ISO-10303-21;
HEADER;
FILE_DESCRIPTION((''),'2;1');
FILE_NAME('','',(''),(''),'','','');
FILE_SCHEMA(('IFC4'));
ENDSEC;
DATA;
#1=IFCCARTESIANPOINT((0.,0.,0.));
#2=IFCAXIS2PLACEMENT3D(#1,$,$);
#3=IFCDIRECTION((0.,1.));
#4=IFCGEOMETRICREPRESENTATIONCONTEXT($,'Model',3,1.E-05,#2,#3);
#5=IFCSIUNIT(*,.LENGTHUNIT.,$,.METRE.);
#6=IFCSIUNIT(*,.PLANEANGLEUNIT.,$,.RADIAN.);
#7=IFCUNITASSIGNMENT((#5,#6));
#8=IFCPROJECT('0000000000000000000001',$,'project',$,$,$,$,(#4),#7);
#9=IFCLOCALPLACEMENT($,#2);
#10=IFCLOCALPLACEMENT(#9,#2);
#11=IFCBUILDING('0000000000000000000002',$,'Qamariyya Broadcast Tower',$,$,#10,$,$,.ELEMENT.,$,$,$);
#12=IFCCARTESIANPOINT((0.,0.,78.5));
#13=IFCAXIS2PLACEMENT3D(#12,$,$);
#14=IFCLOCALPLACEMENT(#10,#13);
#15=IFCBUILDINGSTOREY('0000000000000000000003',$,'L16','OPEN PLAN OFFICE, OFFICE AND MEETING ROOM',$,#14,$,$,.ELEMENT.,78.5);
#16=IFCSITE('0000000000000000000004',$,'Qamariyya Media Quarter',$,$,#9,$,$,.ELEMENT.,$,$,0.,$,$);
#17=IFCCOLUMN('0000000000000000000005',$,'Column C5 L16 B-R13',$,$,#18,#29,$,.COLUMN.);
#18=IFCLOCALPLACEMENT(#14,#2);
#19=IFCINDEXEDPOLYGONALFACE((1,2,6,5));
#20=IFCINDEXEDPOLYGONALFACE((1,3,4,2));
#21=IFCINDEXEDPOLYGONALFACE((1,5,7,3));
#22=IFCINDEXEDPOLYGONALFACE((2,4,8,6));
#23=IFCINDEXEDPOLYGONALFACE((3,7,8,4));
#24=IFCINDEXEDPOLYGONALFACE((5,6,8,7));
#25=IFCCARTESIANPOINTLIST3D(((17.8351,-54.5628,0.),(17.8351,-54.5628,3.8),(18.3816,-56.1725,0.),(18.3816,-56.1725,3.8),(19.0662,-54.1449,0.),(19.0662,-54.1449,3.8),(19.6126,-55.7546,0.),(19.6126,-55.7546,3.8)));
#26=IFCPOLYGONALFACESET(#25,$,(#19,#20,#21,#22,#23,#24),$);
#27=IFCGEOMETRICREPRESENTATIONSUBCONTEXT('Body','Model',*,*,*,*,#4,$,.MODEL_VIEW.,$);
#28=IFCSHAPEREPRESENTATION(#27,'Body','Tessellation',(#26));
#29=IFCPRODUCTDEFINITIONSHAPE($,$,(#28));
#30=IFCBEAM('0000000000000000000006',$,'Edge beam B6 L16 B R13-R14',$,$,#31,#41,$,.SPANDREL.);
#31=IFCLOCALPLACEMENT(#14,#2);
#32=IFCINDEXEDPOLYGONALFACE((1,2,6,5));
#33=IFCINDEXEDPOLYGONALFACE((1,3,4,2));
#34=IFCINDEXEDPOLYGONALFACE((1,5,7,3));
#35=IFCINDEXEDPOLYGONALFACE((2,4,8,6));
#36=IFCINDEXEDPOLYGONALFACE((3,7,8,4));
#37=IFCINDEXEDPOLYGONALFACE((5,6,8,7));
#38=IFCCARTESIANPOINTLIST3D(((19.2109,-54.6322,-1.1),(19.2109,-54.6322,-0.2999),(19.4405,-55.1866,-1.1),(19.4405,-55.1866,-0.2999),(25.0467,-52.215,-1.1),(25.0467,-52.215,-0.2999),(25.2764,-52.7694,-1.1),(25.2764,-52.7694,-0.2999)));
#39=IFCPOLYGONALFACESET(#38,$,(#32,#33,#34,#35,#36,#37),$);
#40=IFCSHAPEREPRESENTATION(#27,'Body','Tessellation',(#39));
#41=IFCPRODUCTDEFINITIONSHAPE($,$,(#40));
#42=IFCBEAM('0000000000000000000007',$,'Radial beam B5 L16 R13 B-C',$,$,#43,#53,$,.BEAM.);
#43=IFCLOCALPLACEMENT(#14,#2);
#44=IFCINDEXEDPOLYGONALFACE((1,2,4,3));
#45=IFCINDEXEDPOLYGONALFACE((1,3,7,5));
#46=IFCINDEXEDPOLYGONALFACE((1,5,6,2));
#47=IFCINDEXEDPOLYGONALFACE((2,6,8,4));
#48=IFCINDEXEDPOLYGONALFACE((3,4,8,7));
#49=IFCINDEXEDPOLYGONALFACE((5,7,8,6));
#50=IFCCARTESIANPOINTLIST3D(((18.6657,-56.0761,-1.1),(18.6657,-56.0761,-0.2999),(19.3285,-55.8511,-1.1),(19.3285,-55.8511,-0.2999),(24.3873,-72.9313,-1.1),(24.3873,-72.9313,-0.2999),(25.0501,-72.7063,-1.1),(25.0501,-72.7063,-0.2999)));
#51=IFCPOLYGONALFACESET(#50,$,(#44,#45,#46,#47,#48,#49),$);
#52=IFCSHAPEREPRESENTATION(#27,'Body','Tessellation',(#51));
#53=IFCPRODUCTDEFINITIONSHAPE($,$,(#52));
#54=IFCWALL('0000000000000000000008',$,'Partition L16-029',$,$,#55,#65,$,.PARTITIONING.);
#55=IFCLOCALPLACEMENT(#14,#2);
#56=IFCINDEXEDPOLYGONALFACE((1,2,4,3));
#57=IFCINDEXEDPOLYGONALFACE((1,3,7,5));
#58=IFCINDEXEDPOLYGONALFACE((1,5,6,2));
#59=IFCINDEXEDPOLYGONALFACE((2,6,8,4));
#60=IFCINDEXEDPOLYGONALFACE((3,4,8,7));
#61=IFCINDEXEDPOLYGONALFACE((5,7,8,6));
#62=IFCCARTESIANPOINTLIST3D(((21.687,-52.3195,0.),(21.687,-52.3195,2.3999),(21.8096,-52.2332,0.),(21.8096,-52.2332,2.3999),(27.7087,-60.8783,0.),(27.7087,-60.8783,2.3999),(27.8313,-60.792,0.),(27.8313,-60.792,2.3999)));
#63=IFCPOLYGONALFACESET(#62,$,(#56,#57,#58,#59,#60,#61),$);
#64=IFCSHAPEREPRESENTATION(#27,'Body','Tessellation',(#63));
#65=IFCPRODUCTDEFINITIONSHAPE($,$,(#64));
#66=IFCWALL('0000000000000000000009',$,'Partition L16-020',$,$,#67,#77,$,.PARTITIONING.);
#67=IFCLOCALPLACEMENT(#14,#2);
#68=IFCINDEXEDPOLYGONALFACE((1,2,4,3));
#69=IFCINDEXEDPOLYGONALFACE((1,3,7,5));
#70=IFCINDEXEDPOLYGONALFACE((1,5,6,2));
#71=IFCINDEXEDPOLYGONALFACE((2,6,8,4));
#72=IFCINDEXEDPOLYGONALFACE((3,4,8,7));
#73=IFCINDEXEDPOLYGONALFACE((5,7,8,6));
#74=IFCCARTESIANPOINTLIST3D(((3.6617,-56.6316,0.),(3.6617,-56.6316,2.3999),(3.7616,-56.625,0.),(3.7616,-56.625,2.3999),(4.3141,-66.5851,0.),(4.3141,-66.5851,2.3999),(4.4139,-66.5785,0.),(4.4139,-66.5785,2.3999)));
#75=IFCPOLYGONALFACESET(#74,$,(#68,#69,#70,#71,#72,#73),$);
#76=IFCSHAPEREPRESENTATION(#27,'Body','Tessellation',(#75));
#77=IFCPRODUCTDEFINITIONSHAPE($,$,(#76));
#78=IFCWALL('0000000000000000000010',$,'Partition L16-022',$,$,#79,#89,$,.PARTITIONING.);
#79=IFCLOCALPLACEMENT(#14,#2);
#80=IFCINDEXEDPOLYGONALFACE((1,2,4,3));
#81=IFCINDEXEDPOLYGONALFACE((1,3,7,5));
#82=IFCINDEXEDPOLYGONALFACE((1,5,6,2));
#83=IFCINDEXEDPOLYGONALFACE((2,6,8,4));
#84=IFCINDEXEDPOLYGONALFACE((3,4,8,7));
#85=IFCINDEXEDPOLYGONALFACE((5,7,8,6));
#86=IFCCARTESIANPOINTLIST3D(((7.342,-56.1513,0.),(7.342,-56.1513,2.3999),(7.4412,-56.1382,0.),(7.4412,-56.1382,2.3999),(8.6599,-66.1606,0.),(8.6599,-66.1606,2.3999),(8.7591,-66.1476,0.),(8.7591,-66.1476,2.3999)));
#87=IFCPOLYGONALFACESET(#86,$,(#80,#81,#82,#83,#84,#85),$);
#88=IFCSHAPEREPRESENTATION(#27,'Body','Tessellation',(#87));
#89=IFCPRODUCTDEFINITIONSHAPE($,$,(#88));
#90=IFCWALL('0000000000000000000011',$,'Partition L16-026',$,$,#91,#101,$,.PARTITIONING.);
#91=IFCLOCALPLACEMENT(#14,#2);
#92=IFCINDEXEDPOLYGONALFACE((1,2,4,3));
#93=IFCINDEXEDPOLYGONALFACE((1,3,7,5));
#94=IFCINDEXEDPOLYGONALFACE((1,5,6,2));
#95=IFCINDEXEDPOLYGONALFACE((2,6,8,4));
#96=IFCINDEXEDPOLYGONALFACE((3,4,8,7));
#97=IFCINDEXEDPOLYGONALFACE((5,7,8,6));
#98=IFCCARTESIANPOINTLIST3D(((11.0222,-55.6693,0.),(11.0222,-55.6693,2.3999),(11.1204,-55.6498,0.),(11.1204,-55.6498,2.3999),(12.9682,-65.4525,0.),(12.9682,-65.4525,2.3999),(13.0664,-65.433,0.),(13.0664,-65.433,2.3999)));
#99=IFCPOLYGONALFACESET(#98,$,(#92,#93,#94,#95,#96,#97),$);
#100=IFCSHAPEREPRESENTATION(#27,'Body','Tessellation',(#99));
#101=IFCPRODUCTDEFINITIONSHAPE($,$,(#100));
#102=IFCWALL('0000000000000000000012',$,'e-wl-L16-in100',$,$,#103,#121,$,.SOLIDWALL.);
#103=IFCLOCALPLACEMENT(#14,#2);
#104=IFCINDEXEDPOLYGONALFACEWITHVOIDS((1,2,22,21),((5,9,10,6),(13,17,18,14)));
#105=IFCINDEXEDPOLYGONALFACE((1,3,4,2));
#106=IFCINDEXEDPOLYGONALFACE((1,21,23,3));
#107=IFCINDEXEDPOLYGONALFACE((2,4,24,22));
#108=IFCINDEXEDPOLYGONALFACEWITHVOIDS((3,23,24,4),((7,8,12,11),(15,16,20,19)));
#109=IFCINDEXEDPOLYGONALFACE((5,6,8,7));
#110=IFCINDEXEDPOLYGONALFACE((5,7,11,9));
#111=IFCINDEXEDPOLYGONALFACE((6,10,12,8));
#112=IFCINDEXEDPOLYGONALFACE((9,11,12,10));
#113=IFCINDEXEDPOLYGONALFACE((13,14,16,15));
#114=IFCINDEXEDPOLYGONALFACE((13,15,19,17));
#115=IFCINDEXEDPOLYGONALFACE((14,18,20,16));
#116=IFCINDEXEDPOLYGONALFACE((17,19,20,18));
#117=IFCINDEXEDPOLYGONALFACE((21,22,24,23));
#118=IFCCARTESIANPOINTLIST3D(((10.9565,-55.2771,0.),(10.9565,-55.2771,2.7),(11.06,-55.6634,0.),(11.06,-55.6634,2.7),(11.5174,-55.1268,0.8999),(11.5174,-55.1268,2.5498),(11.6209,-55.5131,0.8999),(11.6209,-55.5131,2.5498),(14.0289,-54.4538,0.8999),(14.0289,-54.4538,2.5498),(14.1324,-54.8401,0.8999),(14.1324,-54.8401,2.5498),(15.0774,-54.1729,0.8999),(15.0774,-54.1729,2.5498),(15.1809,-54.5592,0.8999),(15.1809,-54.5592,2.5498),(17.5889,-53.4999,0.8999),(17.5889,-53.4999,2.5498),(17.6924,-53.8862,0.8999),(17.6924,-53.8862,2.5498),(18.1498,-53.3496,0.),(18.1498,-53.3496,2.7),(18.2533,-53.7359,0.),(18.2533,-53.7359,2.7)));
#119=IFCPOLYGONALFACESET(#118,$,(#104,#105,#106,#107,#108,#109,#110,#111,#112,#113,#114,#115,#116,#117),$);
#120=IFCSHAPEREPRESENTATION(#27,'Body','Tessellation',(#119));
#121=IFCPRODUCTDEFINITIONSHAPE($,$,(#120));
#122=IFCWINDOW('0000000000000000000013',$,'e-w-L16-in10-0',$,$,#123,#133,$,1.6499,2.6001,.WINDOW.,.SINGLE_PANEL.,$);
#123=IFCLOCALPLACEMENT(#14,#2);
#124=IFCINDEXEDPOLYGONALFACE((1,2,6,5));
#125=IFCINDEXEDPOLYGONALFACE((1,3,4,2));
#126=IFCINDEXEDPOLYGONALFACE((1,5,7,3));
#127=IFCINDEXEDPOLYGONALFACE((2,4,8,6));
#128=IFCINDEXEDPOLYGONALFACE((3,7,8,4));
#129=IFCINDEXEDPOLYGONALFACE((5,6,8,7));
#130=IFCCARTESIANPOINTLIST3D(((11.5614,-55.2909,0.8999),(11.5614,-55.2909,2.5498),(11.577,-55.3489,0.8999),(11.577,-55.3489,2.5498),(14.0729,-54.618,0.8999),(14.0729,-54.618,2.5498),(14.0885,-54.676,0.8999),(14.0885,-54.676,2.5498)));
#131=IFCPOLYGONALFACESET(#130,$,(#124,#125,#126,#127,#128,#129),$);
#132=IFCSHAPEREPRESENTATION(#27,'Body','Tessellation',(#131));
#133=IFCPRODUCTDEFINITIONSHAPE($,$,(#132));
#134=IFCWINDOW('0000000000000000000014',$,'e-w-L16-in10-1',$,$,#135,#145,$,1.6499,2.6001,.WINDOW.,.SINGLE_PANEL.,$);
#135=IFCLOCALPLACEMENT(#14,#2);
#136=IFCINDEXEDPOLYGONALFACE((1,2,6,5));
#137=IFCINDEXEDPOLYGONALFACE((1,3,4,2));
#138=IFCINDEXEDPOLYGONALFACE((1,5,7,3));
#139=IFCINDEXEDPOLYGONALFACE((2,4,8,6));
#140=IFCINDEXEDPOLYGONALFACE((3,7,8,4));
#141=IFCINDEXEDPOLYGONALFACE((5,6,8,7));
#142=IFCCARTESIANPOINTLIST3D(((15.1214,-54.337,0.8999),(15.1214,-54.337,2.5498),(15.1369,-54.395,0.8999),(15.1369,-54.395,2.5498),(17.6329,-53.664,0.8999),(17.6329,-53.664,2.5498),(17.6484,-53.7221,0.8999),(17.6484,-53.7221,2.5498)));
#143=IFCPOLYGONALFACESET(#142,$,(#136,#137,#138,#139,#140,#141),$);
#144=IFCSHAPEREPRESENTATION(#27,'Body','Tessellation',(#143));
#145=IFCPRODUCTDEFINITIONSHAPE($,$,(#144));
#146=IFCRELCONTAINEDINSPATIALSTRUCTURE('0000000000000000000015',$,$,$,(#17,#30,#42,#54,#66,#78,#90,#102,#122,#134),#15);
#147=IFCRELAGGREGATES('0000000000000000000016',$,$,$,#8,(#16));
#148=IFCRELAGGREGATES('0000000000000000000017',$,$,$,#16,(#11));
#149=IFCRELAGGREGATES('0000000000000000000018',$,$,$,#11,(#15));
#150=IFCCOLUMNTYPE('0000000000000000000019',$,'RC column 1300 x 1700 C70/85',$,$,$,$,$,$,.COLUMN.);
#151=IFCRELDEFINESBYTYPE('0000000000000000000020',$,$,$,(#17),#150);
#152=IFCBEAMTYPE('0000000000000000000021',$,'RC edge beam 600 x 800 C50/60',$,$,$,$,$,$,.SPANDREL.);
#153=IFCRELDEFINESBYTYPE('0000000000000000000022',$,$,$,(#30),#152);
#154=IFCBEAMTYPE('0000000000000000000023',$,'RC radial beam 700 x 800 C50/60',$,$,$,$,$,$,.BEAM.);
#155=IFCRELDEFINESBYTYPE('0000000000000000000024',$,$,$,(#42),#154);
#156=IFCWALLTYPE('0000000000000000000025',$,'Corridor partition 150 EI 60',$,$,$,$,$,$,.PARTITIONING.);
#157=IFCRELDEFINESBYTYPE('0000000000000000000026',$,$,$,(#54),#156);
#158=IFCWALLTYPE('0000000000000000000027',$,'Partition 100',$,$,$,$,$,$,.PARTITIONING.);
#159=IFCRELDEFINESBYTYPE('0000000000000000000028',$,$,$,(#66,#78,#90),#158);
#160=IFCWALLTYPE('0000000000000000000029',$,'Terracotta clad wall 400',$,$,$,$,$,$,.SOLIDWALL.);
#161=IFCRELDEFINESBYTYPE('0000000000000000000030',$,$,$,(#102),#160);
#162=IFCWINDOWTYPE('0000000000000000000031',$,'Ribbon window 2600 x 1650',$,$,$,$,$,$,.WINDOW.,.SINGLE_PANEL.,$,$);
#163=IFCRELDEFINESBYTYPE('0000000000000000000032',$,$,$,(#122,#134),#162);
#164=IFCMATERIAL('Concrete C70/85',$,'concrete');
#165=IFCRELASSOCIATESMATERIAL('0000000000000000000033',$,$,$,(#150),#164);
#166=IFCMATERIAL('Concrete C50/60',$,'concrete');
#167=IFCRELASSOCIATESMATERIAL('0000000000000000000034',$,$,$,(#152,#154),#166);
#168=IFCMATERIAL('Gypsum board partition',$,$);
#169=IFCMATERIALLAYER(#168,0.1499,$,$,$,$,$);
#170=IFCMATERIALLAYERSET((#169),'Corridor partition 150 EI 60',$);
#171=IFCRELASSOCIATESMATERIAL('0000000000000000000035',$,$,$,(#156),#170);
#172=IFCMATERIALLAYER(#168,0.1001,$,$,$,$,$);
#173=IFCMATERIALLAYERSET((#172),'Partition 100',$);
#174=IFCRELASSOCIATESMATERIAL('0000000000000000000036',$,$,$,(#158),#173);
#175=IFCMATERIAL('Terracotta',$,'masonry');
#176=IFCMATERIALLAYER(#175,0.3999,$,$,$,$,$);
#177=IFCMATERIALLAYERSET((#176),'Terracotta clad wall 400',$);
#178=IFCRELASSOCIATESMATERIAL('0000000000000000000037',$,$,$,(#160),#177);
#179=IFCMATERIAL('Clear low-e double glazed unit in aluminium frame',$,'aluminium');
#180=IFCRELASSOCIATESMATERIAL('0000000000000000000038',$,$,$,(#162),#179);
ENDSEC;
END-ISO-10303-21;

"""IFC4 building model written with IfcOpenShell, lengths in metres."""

from ifc_helpers import new_model, si_unit, direction, frame, frame_2d, origin, origin_2d, place, context, subcontext, project, spatial, rectangle, extrude, material, layer, layer_set, material_profile, profile_set, type_object, element, fill, save


model = new_model("IFC4")

# Units and contexts
model_context = context("Model", 3, precision=1e-05, world=origin(), true_north=direction((0.0, 1.0)))
body_context = subcontext(model_context, "Body", "Model", "MODEL_VIEW")
ifc_project = project(units=[si_unit("LENGTHUNIT", "METRE"), si_unit("PLANEANGLEUNIT", "RADIAN")], contexts=[model_context])

# Site, building, storey
site_placement = place(None, origin())
site = spatial("IfcSite", under=ifc_project, at=site_placement, Name="Qamariyya Media Quarter", CompositionType="ELEMENT", RefElevation=0.0)
building_placement = place(site_placement, origin())
building = spatial("IfcBuilding", under=site, at=building_placement, Name="Qamariyya Broadcast Tower", CompositionType="ELEMENT")
storey_placement = place(building_placement, frame((0.0, 0.0, 78.5)))
storey = spatial("IfcBuildingStorey", under=building, at=storey_placement, Name="L16", Description="OPEN PLAN OFFICE, OFFICE AND MEETING ROOM", CompositionType="ELEMENT", Elevation=78.5)

# Column
ifc_material_1 = material(Name="Concrete C70/85", Category="concrete")
ifc_material_profile_1 = material_profile(ifc_material_1, rectangle(XDim=1.3, YDim=1.7, at=origin_2d()))
ifc_profile_set_1 = profile_set([ifc_material_profile_1], Name="Concrete C70/85")
column_type = type_object("IfcColumnType", Name="RC column 1300 x 1700 C70/85", PredefinedType="COLUMN", material=ifc_profile_set_1)
column_placement = place(storey_placement, frame((18.7239, -55.1587, 0.0), z_axis=(0.0, 0.0, 1.0), x_axis=(0.94693, 0.321439, 0.0)))
element("IfcColumn", 1, at=column_placement, inside=storey, type_object=column_type, Name="Column C5 L16 B-R13", PredefinedType="COLUMN", context=body_context, shape_type="SweptSolid", body=[
    extrude(rectangle(XDim=1.3, YDim=1.7, at=origin_2d()), origin(), (0.0, 0.0, 1.0), 3.8),
])

# Beams
ifc_material_2 = material(Name="Concrete C50/60", Category="concrete")
ifc_material_profile_2 = material_profile(ifc_material_2, rectangle(XDim=0.6001, YDim=0.8, at=origin_2d()))
ifc_profile_set_2 = profile_set([ifc_material_profile_2], Name="Concrete C50/60")
beam_type_1 = type_object("IfcBeamType", Name="RC edge beam 600 x 800 C50/60", PredefinedType="SPANDREL", material=ifc_profile_set_2)
beam_1_placement = place(storey_placement, frame((19.3257, -54.9094, -0.7), z_axis=(0.923884, 0.382672, 0.0), x_axis=(-0.382672, 0.923884, 0.0)))
element("IfcBeam", 2, at=beam_1_placement, inside=storey, type_object=beam_type_1, Name="Edge beam B6 L16 B R13-R14", PredefinedType="SPANDREL", context=body_context, shape_type="SweptSolid", body=[
    extrude(rectangle(XDim=0.6001, YDim=0.8, at=origin_2d()), origin(), (0.0, 0.0, 1.0), 6.3167),
])
ifc_material_profile_3 = material_profile(ifc_material_2, rectangle(XDim=0.7, YDim=0.8, at=origin_2d()))
ifc_profile_set_3 = profile_set([ifc_material_profile_3], Name="Concrete C50/60")
beam_type_2 = type_object("IfcBeamType", Name="RC radial beam 700 x 800 C50/60", PredefinedType="BEAM", material=ifc_profile_set_3)
beam_2_placement = place(storey_placement, frame((18.9971, -55.9636, -0.7), z_axis=(0.321445, -0.946928, 0.0), x_axis=(0.946928, 0.321445, 0.0)))
element("IfcBeam", 3, at=beam_2_placement, inside=storey, type_object=beam_type_2, Name="Radial beam B5 L16 R13 B-C", PredefinedType="BEAM", context=body_context, shape_type="SweptSolid", body=[
    extrude(rectangle(XDim=0.7, YDim=0.8, at=origin_2d()), origin(), (0.0, 0.0, 1.0), 17.7998),
])

# Walls
ifc_material_3 = material(Name="Gypsum board partition")
ifc_layer_1 = layer(ifc_material_3, 0.1499)
ifc_layer_set_1 = layer_set([ifc_layer_1], Name="Corridor partition 150 EI 60")
wall_type_1 = type_object("IfcWallType", Name="Corridor partition 150 EI 60", PredefinedType="PARTITIONING", material=ifc_layer_set_1)
wall_1_placement = place(storey_placement, frame((21.7483, -52.2764, 0.0), z_axis=(0.0, 0.0, 1.0), x_axis=(0.575419, -0.817858, 0.0)))
element("IfcWall", 4, at=wall_1_placement, inside=storey, type_object=wall_type_1, Name="Partition L16-029", PredefinedType="PARTITIONING", context=body_context, shape_type="SweptSolid", body=[
    extrude(rectangle(XDim=10.4648, YDim=0.1499, at=frame_2d((5.2324, 0.0))), origin(), (0.0, 0.0, 1.0), 2.3999),
])
ifc_layer_2 = layer(ifc_material_3, 0.1001)
ifc_layer_set_2 = layer_set([ifc_layer_2], Name="Partition 100")
wall_type_2 = type_object("IfcWallType", Name="Partition 100", PredefinedType="PARTITIONING", material=ifc_layer_set_2)
wall_2_placement = place(storey_placement, frame((3.7117, -56.6284, 0.0), z_axis=(0.0, 0.0, 1.0), x_axis=(0.065398, -0.997859, 0.0)))
element("IfcWall", 5, at=wall_2_placement, inside=storey, type_object=wall_type_2, Name="Partition L16-020", PredefinedType="PARTITIONING", context=body_context, shape_type="SweptSolid", body=[
    extrude(rectangle(XDim=9.9749, YDim=0.1001, at=frame_2d((4.9873, 0.0))), origin(), (0.0, 0.0, 1.0), 2.3999),
])
wall_3_placement = place(storey_placement, frame((7.3916, -56.1448, 0.0), z_axis=(0.0, 0.0, 1.0), x_axis=(0.130538, -0.991443, 0.0)))
element("IfcWall", 6, at=wall_3_placement, inside=storey, type_object=wall_type_2, Name="Partition L16-022", PredefinedType="PARTITIONING", context=body_context, shape_type="SweptSolid", body=[
    extrude(rectangle(XDim=10.0957, YDim=0.1001, at=frame_2d((5.0479, 0.0))), origin(), (0.0, 0.0, 1.0), 2.3999),
])
wall_4_placement = place(storey_placement, frame((11.0713, -55.6597, 0.0), z_axis=(0.0, 0.0, 1.0), x_axis=(0.195095, -0.980784, 0.0)))
element("IfcWall", 7, at=wall_4_placement, inside=storey, type_object=wall_type_2, Name="Partition L16-026", PredefinedType="PARTITIONING", context=body_context, shape_type="SweptSolid", body=[
    extrude(rectangle(XDim=9.9749, YDim=0.1001, at=frame_2d((4.9873, 0.0))), origin(), (0.0, 0.0, 1.0), 2.3999),
])

# Wall, openings, windows
ifc_material_4 = material(Name="Terracotta", Category="masonry")
ifc_layer_3 = layer(ifc_material_4, 0.3999)
ifc_layer_set_3 = layer_set([ifc_layer_3], Name="Terracotta clad wall 400")
wall_type_3 = type_object("IfcWallType", Name="Terracotta clad wall 400", PredefinedType="SOLIDWALL", material=ifc_layer_set_3)
wall_5_placement = place(storey_placement, frame((18.2017, -53.5427, 0.0), z_axis=(0.0, 0.0, 1.0), x_axis=(-0.965925, -0.258823, 0.0)))
wall_5 = element("IfcWall", 8, at=wall_5_placement, inside=storey, type_object=wall_type_3, Name="e-wl-L16-in100", PredefinedType="SOLIDWALL", context=body_context, shape_type="SweptSolid", body=[
    extrude(rectangle(XDim=7.447, YDim=0.3999, at=frame_2d((3.7236, 0.0))), origin(), (0.0, 0.0, 1.0), 2.7),
])
opening_1_placement = place(wall_5_placement, frame((4.2664, 0.0, 0.8999)))
opening_1 = element("IfcOpeningElement", 9, at=opening_1_placement, cuts=wall_5, PredefinedType="OPENING", context=body_context, shape_type="SweptSolid", body=[
    extrude(rectangle(XDim=2.6001, YDim=1.6499, at=frame_2d((1.3, 0.825))), frame((0.0, 0.21, 0.0), z_axis=(0.0, -1.0, 0.0), x_axis=(1.0, 0.0, 0.0)), (0.0, 0.0, 1.0), 0.4199),
])
opening_2_placement = place(wall_5_placement, frame((0.5808, 0.0, 0.8999)))
opening_2 = element("IfcOpeningElement", 10, at=opening_2_placement, cuts=wall_5, PredefinedType="OPENING", context=body_context, shape_type="SweptSolid", body=[
    extrude(rectangle(XDim=2.6001, YDim=1.6499, at=frame_2d((1.3, 0.825))), frame((0.0, 0.21, 0.0), z_axis=(0.0, -1.0, 0.0), x_axis=(1.0, 0.0, 0.0)), (0.0, 0.0, 1.0), 0.4199),
])
ifc_material_5 = material(Name="Clear low-e double glazed unit in aluminium frame", Category="aluminium")
window_type = type_object("IfcWindowType", Name="Ribbon window 2600 x 1650", PartitioningType="SINGLE_PANEL", PredefinedType="WINDOW", material=ifc_material_5)
window_1_placement = place(opening_1_placement, origin())
window_1 = element("IfcWindow", 11, at=window_1_placement, inside=storey, type_object=window_type, Name="e-w-L16-in10-0", OverallHeight=1.6499, OverallWidth=2.6001, PartitioningType="SINGLE_PANEL", PredefinedType="WINDOW", context=body_context, shape_type="SweptSolid", body=[
    extrude(rectangle(XDim=2.6001, YDim=1.6499, at=frame_2d((1.3, 0.825))), frame((0.0, 0.03, 0.0), z_axis=(0.0, -1.0, 0.0), x_axis=(1.0, 0.0, 0.0)), (0.0, 0.0, 1.0), 0.0601),
])
fill(opening_1, window_1)
window_2_placement = place(opening_2_placement, origin())
window_2 = element("IfcWindow", 12, at=window_2_placement, inside=storey, type_object=window_type, Name="e-w-L16-in10-1", OverallHeight=1.6499, OverallWidth=2.6001, PartitioningType="SINGLE_PANEL", PredefinedType="WINDOW", context=body_context, shape_type="SweptSolid", body=[
    extrude(rectangle(XDim=2.6001, YDim=1.6499, at=frame_2d((1.3, 0.825))), frame((0.0, 0.03, 0.0), z_axis=(0.0, -1.0, 0.0), x_axis=(1.0, 0.0, 0.0)), (0.0, 0.0, 1.0), 0.0601),
])
fill(opening_2, window_2)

save(model, "model.ifc")
